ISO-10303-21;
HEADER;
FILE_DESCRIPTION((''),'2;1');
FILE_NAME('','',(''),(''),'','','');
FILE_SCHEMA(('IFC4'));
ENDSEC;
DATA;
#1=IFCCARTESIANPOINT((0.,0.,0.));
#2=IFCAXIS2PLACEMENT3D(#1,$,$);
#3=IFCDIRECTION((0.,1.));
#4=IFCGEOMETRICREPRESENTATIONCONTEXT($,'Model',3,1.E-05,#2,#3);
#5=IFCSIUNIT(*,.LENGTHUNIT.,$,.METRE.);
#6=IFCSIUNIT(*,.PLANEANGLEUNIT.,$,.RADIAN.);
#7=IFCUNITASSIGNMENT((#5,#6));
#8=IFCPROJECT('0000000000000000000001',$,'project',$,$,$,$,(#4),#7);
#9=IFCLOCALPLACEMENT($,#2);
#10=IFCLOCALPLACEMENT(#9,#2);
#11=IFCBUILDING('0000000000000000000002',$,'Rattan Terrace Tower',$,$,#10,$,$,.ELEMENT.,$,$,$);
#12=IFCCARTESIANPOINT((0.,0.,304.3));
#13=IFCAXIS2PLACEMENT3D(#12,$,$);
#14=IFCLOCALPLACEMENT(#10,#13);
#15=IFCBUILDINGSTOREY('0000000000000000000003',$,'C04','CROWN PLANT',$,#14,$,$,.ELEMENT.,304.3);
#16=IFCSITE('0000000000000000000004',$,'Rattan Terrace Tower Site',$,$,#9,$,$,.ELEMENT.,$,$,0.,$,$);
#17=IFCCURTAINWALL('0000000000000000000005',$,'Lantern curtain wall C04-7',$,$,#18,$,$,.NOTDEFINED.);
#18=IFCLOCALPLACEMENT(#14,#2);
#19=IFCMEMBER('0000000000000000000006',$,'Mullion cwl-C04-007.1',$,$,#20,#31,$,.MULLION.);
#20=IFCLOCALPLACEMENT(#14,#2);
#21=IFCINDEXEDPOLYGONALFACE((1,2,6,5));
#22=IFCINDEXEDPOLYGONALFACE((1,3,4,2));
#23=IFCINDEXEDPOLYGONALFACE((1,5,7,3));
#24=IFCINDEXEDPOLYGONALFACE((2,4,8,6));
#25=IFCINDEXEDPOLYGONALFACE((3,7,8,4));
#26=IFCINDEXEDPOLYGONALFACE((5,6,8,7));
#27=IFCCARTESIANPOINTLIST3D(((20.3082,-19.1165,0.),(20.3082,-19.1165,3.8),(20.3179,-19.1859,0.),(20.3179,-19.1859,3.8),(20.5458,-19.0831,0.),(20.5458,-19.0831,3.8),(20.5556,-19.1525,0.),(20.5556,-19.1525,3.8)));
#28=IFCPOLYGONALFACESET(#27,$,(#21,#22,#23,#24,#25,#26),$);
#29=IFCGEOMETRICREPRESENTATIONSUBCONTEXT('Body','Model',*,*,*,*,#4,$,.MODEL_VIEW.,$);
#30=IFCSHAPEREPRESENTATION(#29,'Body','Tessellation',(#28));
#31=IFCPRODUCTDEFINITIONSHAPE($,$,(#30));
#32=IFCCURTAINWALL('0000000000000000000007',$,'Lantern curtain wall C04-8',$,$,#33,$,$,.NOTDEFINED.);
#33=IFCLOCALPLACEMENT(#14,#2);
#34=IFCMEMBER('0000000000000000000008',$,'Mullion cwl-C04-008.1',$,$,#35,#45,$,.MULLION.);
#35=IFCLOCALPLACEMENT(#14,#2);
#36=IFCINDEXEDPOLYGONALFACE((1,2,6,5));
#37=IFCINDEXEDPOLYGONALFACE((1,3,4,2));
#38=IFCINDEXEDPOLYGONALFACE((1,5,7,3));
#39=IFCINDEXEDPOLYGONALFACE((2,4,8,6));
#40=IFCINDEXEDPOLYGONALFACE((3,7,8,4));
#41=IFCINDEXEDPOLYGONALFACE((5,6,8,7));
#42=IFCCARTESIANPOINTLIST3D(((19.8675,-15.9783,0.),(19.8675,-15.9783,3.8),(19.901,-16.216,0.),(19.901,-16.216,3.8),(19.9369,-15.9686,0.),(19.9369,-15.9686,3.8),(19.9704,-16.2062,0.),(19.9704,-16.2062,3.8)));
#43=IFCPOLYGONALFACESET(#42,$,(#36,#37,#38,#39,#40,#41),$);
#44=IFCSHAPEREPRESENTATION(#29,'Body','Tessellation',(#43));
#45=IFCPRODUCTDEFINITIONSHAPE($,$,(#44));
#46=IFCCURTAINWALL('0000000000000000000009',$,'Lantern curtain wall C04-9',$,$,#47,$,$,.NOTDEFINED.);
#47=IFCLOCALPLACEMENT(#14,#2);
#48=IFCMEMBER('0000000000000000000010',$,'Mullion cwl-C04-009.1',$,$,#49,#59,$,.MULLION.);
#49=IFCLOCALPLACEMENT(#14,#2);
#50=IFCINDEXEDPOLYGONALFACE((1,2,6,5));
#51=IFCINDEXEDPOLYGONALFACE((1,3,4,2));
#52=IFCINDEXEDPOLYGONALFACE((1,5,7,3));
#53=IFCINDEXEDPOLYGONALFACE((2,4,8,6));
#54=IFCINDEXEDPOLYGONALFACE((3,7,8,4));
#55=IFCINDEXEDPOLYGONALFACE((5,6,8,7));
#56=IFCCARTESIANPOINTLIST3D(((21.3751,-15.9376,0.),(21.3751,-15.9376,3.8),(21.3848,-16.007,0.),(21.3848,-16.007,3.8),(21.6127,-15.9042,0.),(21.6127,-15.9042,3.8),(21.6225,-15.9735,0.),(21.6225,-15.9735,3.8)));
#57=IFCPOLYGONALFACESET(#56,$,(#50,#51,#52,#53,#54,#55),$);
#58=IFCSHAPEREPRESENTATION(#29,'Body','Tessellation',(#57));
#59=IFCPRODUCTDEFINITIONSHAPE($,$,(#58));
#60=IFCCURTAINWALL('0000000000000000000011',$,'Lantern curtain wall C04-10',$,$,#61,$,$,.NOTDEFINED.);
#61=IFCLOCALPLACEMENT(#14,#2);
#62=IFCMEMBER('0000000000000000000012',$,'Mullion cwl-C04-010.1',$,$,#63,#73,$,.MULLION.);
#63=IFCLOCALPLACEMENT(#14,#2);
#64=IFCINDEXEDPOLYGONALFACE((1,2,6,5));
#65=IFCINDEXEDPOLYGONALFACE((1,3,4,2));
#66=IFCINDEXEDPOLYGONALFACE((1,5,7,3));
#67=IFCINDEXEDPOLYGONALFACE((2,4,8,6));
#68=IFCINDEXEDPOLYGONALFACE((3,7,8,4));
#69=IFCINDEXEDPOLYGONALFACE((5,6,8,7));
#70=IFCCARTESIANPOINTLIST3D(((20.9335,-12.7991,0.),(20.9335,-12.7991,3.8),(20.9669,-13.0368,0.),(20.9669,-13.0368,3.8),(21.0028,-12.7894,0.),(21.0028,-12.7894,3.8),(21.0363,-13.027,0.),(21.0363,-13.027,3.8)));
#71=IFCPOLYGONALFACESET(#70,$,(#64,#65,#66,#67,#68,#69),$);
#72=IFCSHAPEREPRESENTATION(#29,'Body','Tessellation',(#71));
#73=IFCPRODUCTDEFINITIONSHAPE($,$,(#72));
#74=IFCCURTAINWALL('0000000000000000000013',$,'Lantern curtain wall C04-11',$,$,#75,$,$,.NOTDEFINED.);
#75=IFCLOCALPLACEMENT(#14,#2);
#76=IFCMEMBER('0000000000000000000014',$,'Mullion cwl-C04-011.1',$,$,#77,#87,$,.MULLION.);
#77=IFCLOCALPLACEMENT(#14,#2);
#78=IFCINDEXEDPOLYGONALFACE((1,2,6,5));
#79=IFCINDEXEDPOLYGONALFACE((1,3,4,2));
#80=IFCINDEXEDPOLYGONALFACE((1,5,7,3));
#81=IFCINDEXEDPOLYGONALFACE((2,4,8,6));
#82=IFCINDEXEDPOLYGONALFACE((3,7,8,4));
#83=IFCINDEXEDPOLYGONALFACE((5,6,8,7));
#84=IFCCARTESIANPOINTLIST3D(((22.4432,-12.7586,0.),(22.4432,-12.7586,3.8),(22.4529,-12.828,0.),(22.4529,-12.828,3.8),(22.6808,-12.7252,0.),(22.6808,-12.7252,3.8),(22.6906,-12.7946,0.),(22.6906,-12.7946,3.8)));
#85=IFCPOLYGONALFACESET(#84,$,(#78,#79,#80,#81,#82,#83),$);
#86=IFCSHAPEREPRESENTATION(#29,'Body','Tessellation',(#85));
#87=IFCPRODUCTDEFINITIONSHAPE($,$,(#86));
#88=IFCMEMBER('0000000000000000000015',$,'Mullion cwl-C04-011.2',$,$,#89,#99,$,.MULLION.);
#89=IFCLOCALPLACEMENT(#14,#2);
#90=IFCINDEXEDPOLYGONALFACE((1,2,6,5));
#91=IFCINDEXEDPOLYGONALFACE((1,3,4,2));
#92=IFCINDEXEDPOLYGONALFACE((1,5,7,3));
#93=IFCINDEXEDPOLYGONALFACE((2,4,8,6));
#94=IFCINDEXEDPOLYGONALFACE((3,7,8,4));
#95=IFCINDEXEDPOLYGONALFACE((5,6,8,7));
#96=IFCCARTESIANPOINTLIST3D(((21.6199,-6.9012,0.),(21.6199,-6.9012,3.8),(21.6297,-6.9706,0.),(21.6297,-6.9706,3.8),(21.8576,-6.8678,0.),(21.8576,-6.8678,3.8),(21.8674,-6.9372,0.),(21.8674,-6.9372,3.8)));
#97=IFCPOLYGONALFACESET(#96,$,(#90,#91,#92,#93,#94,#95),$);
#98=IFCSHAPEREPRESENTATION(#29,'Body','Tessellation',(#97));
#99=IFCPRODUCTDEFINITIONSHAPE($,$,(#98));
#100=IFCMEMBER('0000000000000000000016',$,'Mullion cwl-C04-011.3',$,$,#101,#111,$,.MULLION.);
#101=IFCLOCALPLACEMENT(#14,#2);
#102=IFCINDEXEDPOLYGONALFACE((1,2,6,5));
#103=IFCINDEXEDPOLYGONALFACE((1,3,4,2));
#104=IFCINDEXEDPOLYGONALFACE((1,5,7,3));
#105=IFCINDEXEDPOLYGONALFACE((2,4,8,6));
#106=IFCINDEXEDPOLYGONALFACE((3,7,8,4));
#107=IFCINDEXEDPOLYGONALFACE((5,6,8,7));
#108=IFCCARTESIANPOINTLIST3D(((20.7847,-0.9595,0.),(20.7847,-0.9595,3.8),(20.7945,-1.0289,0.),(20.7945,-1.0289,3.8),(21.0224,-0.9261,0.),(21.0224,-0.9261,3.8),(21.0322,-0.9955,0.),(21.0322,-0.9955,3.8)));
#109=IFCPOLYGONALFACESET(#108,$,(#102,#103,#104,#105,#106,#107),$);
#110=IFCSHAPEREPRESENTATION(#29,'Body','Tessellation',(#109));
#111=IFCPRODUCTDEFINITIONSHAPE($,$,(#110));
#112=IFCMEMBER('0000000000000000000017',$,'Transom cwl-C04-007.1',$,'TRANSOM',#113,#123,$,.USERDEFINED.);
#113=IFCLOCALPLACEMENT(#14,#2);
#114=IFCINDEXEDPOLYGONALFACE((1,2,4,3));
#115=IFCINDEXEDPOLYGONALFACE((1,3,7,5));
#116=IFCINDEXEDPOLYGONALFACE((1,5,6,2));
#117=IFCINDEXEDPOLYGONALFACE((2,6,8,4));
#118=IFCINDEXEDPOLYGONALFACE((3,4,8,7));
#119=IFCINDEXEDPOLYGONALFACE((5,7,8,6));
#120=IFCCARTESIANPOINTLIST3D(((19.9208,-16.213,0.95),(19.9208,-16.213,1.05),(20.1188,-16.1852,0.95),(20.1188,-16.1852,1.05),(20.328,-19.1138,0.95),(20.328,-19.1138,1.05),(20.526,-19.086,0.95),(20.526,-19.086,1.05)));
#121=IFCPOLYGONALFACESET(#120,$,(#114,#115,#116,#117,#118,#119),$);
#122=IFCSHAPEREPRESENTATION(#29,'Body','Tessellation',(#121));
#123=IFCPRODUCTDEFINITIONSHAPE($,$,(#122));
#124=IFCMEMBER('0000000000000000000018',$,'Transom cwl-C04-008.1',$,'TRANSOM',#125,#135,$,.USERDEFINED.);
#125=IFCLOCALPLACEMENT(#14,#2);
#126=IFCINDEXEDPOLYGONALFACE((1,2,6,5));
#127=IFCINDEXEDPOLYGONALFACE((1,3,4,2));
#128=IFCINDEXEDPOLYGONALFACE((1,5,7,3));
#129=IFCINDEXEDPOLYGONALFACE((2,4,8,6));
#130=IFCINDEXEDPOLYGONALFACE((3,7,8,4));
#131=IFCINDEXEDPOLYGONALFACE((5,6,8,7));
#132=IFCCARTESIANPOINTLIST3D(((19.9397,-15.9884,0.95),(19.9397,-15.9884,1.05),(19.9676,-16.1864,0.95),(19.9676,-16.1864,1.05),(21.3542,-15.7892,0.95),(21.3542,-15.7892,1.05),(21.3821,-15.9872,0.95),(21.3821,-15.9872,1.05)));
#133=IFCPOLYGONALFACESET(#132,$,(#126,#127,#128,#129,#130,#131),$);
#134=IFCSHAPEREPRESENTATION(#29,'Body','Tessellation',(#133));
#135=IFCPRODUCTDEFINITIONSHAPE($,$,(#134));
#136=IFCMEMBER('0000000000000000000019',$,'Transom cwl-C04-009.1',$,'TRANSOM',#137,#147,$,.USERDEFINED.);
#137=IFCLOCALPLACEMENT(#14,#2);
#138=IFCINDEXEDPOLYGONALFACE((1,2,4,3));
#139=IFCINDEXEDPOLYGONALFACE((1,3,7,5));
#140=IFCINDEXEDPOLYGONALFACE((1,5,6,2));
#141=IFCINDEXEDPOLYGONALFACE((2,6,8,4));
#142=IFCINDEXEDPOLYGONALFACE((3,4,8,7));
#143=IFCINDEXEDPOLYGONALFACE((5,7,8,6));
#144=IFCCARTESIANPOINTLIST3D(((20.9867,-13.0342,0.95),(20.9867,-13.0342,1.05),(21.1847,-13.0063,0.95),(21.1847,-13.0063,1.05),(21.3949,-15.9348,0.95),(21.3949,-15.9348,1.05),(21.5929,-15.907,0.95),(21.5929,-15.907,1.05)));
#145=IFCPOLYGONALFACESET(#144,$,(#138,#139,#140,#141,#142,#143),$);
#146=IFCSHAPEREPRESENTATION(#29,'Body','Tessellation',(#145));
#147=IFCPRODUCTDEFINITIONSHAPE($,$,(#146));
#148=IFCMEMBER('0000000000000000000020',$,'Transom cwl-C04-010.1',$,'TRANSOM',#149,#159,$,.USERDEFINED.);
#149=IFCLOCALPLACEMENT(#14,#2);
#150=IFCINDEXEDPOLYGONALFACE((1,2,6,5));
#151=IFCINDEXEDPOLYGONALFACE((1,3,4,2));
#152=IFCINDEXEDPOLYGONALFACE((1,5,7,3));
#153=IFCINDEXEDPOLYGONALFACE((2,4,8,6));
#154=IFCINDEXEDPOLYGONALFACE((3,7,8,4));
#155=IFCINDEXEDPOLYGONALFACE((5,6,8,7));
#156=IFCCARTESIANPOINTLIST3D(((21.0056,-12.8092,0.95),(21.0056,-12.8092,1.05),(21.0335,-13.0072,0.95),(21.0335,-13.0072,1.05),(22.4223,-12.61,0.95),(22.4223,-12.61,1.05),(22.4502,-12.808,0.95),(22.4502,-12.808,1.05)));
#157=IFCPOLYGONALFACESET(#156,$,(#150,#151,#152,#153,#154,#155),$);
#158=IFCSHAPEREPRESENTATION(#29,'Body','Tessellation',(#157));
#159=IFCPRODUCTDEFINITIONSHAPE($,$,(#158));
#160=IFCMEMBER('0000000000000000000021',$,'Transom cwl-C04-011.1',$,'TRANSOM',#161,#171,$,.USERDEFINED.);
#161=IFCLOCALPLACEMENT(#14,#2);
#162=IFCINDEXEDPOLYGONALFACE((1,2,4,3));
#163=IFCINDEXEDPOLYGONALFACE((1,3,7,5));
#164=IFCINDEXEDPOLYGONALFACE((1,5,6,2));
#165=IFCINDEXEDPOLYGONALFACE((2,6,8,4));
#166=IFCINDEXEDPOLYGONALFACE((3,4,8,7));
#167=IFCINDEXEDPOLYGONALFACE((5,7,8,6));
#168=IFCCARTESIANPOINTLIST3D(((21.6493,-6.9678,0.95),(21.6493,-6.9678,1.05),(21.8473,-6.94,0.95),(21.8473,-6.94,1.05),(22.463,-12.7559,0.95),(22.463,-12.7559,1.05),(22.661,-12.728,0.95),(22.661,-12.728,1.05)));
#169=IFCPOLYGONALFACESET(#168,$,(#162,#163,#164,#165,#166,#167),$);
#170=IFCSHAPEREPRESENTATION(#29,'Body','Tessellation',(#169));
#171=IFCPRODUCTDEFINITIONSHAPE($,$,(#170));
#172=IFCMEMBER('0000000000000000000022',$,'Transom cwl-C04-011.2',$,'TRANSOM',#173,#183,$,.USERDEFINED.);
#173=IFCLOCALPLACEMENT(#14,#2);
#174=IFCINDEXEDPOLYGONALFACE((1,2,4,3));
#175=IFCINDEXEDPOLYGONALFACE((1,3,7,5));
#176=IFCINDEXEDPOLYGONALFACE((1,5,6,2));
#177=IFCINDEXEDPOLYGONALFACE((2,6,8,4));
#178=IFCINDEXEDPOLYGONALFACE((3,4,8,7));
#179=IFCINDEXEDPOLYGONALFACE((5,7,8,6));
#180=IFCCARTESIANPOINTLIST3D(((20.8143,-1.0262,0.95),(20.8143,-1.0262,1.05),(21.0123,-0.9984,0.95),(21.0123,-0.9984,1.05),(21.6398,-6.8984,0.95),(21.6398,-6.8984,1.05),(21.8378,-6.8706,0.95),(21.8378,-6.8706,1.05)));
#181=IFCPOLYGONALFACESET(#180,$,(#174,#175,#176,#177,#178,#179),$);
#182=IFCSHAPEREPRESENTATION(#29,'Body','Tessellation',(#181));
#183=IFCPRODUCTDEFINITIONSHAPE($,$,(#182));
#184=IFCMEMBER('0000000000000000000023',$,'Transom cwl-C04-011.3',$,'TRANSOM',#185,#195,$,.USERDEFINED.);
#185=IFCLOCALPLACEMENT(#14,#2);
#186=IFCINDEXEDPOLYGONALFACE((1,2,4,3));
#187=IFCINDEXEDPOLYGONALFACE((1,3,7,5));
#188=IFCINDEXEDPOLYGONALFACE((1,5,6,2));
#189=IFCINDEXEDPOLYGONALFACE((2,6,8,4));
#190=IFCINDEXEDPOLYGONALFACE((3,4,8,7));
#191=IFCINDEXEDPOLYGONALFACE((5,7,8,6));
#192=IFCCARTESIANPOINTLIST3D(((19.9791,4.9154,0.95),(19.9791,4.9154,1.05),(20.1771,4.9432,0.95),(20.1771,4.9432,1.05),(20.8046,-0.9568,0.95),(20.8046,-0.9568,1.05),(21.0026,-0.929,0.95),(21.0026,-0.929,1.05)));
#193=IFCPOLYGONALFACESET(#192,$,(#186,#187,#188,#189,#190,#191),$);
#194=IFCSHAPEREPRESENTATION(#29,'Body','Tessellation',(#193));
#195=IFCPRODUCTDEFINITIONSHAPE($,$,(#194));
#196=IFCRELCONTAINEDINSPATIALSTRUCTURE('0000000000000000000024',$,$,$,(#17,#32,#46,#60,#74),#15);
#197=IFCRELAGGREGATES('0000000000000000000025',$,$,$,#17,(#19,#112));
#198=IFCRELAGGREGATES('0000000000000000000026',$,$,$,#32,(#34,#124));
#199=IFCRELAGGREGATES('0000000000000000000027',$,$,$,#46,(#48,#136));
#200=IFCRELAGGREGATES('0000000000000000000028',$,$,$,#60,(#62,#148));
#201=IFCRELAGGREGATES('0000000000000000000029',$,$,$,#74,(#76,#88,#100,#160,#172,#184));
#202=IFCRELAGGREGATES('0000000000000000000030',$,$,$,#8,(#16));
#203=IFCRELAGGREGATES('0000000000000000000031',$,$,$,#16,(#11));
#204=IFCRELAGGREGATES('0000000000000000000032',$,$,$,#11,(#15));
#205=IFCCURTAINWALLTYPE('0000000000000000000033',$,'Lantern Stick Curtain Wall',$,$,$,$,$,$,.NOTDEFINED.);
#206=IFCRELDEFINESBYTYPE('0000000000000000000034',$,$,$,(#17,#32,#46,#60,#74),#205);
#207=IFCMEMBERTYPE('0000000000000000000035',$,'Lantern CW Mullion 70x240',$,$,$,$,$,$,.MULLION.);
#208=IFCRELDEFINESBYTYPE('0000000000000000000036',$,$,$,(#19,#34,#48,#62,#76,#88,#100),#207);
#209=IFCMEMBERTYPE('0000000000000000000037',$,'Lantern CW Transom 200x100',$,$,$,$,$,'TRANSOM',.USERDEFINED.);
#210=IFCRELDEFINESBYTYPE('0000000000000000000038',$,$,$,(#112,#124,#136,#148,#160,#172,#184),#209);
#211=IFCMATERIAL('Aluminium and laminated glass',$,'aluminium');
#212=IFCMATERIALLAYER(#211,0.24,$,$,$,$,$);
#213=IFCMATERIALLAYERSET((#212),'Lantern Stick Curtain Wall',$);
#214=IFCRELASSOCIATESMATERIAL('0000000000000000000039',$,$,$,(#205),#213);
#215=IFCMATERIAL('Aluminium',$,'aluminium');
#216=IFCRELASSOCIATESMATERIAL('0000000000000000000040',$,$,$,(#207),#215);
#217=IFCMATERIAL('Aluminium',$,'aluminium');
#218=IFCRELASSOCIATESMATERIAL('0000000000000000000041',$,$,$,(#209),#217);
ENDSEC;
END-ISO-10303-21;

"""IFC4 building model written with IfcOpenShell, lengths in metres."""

from ifc_helpers import new_model, si_unit, direction, frame, origin, origin_2d, place, context, subcontext, project, spatial, rectangle, extrude, material, layer, layer_set, material_profile, profile_set, type_object, element, aggregate, save


model = new_model("IFC4")

# Units and contexts
model_context = context("Model", 3, precision=1e-05, world=origin(), true_north=direction((0.0, 1.0)))
body_context = subcontext(model_context, "Body", "Model", "MODEL_VIEW")
ifc_project = project(units=[si_unit("LENGTHUNIT", "METRE"), si_unit("PLANEANGLEUNIT", "RADIAN")], contexts=[model_context])

# Site, building, storey
site_placement = place(None, origin())
site = spatial("IfcSite", under=ifc_project, at=site_placement, Name="Rattan Terrace Tower Site", CompositionType="ELEMENT", RefElevation=0.0)
building_placement = place(site_placement, origin())
building = spatial("IfcBuilding", under=site, at=building_placement, Name="Rattan Terrace Tower", CompositionType="ELEMENT")
storey_placement = place(building_placement, frame((0.0, 0.0, 304.3)))
storey = spatial("IfcBuildingStorey", under=building, at=storey_placement, Name="C04", Description="CROWN PLANT", CompositionType="ELEMENT", Elevation=304.3)

# Curtain walls, members
ifc_material_1 = material(Name="Aluminium and laminated glass", Category="aluminium")
ifc_layer_1 = layer(ifc_material_1, 0.24)
ifc_layer_set_1 = layer_set([ifc_layer_1], Name="Lantern Stick Curtain Wall")
curtain_wall_type = type_object("IfcCurtainWallType", Name="Lantern Stick Curtain Wall", PredefinedType="NOTDEFINED", material=ifc_layer_set_1)
curtain_wall_1_placement = place(storey_placement, origin())
curtain_wall_1 = element("IfcCurtainWall", 1, at=curtain_wall_1_placement, inside=storey, type_object=curtain_wall_type, Name="Lantern curtain wall C04-7", PredefinedType="NOTDEFINED")
ifc_material_2 = material(Name="Aluminium", Category="aluminium")
ifc_material_profile_1 = material_profile(ifc_material_2, rectangle(XDim=0.0701, YDim=0.24, at=origin_2d()), Name="Aluminium 70x240")
ifc_profile_set_1 = profile_set([ifc_material_profile_1], Name="Aluminium")
member_type_1 = type_object("IfcMemberType", Name="Lantern CW Mullion 70x240", PredefinedType="MULLION", material=ifc_profile_set_1)
member_1_placement = place(storey_placement, frame((20.4319, -19.1345, 0.0), z_axis=(0.0, 0.0, 1.0), x_axis=(-0.13904, 0.990287, 0.0)))
member_1 = element("IfcMember", 2, at=member_1_placement, type_object=member_type_1, Name="Mullion cwl-C04-007.1", PredefinedType="MULLION", context=body_context, shape_type="SweptSolid", body=[
    extrude(rectangle(XDim=0.0701, YDim=0.24, at=origin_2d()), origin(), (0.0, 0.0, 1.0), 3.8),
])
curtain_wall_2_placement = place(storey_placement, origin())
curtain_wall_2 = element("IfcCurtainWall", 3, at=curtain_wall_2_placement, inside=storey, type_object=curtain_wall_type, Name="Lantern curtain wall C04-8", PredefinedType="NOTDEFINED")
member_2_placement = place(storey_placement, frame((19.9189, -16.0923, 0.0), z_axis=(0.0, 0.0, 1.0), x_axis=(0.990228, 0.139459, 0.0)))
member_2 = element("IfcMember", 4, at=member_2_placement, type_object=member_type_1, Name="Mullion cwl-C04-008.1", PredefinedType="MULLION", context=body_context, shape_type="SweptSolid", body=[
    extrude(rectangle(XDim=0.0701, YDim=0.24, at=origin_2d()), origin(), (0.0, 0.0, 1.0), 3.8),
])
curtain_wall_3_placement = place(storey_placement, origin())
curtain_wall_3 = element("IfcCurtainWall", 5, at=curtain_wall_3_placement, inside=storey, type_object=curtain_wall_type, Name="Lantern curtain wall C04-9", PredefinedType="NOTDEFINED")
member_3_placement = place(storey_placement, frame((21.4988, -15.9556, 0.0), z_axis=(0.0, 0.0, 1.0), x_axis=(-0.139367, 0.990241, 0.0)))
member_3 = element("IfcMember", 6, at=member_3_placement, type_object=member_type_1, Name="Mullion cwl-C04-009.1", PredefinedType="MULLION", context=body_context, shape_type="SweptSolid", body=[
    extrude(rectangle(XDim=0.0701, YDim=0.24, at=origin_2d()), origin(), (0.0, 0.0, 1.0), 3.8),
])
curtain_wall_4_placement = place(storey_placement, origin())
curtain_wall_4 = element("IfcCurtainWall", 7, at=curtain_wall_4_placement, inside=storey, type_object=curtain_wall_type, Name="Lantern curtain wall C04-10", PredefinedType="NOTDEFINED")
member_4_placement = place(storey_placement, frame((20.9849, -12.9131, 0.0), z_axis=(0.0, 0.0, 1.0), x_axis=(0.990254, 0.139275, 0.0)))
member_4 = element("IfcMember", 8, at=member_4_placement, type_object=member_type_1, Name="Mullion cwl-C04-010.1", PredefinedType="MULLION", context=body_context, shape_type="SweptSolid", body=[
    extrude(rectangle(XDim=0.0701, YDim=0.24, at=origin_2d()), origin(), (0.0, 0.0, 1.0), 3.8),
])

# Curtain wall, members
curtain_wall_5_placement = place(storey_placement, origin())
curtain_wall_5 = element("IfcCurtainWall", 9, at=curtain_wall_5_placement, inside=storey, type_object=curtain_wall_type, Name="Lantern curtain wall C04-11", PredefinedType="NOTDEFINED")
member_5_placement = place(storey_placement, frame((22.5669, -12.7766, 0.0), z_axis=(0.0, 0.0, 1.0), x_axis=(-0.139188, 0.990266, 0.0)))
member_5 = element("IfcMember", 10, at=member_5_placement, type_object=member_type_1, Name="Mullion cwl-C04-011.1", PredefinedType="MULLION", context=body_context, shape_type="SweptSolid", body=[
    extrude(rectangle(XDim=0.0701, YDim=0.24, at=origin_2d()), origin(), (0.0, 0.0, 1.0), 3.8),
])
member_6_placement = place(storey_placement, frame((21.7437, -6.9192, 0.0), z_axis=(0.0, 0.0, 1.0), x_axis=(-0.139188, 0.990266, 0.0)))
member_6 = element("IfcMember", 11, at=member_6_placement, type_object=member_type_1, Name="Mullion cwl-C04-011.2", PredefinedType="MULLION", context=body_context, shape_type="SweptSolid", body=[
    extrude(rectangle(XDim=0.0701, YDim=0.24, at=origin_2d()), origin(), (0.0, 0.0, 1.0), 3.8),
])
member_7_placement = place(storey_placement, frame((20.9084, -0.9775, 0.0), z_axis=(0.0, 0.0, 1.0), x_axis=(-0.139188, 0.990266, 0.0)))
member_7 = element("IfcMember", 12, at=member_7_placement, type_object=member_type_1, Name="Mullion cwl-C04-011.3", PredefinedType="MULLION", context=body_context, shape_type="SweptSolid", body=[
    extrude(rectangle(XDim=0.0701, YDim=0.24, at=origin_2d()), origin(), (0.0, 0.0, 1.0), 3.8),
])

# Members
ifc_material_3 = material(Name="Aluminium", Category="aluminium")
ifc_material_profile_2 = material_profile(ifc_material_3, rectangle(XDim=0.2, YDim=0.1001, at=origin_2d()), Name="Aluminium 200x100")
ifc_profile_set_2 = profile_set([ifc_material_profile_2], Name="Aluminium")
member_type_2 = type_object("IfcMemberType", Name="Lantern CW Transom 200x100", ElementType="TRANSOM", PredefinedType="USERDEFINED", material=ifc_profile_set_2)
member_8_placement = place(storey_placement, frame((20.427, -19.0999, 1.0), z_axis=(-0.139029, 0.990288, 0.0), x_axis=(-0.990288, -0.139029, 0.0)))
member_8 = element("IfcMember", 13, at=member_8_placement, type_object=member_type_2, Name="Transom cwl-C04-007.1", ObjectType="TRANSOM", PredefinedType="USERDEFINED", context=body_context, shape_type="SweptSolid", body=[
    extrude(rectangle(XDim=0.2, YDim=0.1001, at=origin_2d()), origin(), (0.0, 0.0, 1.0), 2.9292),
])
member_9_placement = place(storey_placement, frame((19.9536, -16.0874, 1.0), z_axis=(0.990228, 0.139459, 0.0), x_axis=(-0.139459, 0.990228, 0.0)))
member_9 = element("IfcMember", 14, at=member_9_placement, type_object=member_type_2, Name="Transom cwl-C04-008.1", ObjectType="TRANSOM", PredefinedType="USERDEFINED", context=body_context, shape_type="SweptSolid", body=[
    extrude(rectangle(XDim=0.2, YDim=0.1001, at=origin_2d()), origin(), (0.0, 0.0, 1.0), 1.4285),
])
member_10_placement = place(storey_placement, frame((21.4939, -15.9209, 1.0), z_axis=(-0.139356, 0.990242, 0.0), x_axis=(-0.990242, -0.139356, 0.0)))
member_10 = element("IfcMember", 15, at=member_10_placement, type_object=member_type_2, Name="Transom cwl-C04-009.1", ObjectType="TRANSOM", PredefinedType="USERDEFINED", context=body_context, shape_type="SweptSolid", body=[
    extrude(rectangle(XDim=0.2, YDim=0.1001, at=origin_2d()), origin(), (0.0, 0.0, 1.0), 2.9292),
])
member_11_placement = place(storey_placement, frame((21.0195, -12.9082, 1.0), z_axis=(0.990258, 0.139247, 0.0), x_axis=(-0.139247, 0.990258, 0.0)))
member_11 = element("IfcMember", 16, at=member_11_placement, type_object=member_type_2, Name="Transom cwl-C04-010.1", ObjectType="TRANSOM", PredefinedType="USERDEFINED", context=body_context, shape_type="SweptSolid", body=[
    extrude(rectangle(XDim=0.2, YDim=0.1001, at=origin_2d()), origin(), (0.0, 0.0, 1.0), 1.4307),
])
member_12_placement = place(storey_placement, frame((22.562, -12.7419, 1.0), z_axis=(-0.139216, 0.990262, 0.0), x_axis=(-0.990262, -0.139216, 0.0)))
member_12 = element("IfcMember", 17, at=member_12_placement, type_object=member_type_2, Name="Transom cwl-C04-011.1", ObjectType="TRANSOM", PredefinedType="USERDEFINED", context=body_context, shape_type="SweptSolid", body=[
    extrude(rectangle(XDim=0.2, YDim=0.1001, at=origin_2d()), origin(), (0.0, 0.0, 1.0), 5.845),
])
member_13_placement = place(storey_placement, frame((21.7388, -6.8845, 1.0), z_axis=(-0.139196, 0.990265, 0.0), x_axis=(-0.990265, -0.139196, 0.0)))
member_13 = element("IfcMember", 18, at=member_13_placement, type_object=member_type_2, Name="Transom cwl-C04-011.2", ObjectType="TRANSOM", PredefinedType="USERDEFINED", context=body_context, shape_type="SweptSolid", body=[
    extrude(rectangle(XDim=0.2, YDim=0.1001, at=origin_2d()), origin(), (0.0, 0.0, 1.0), 5.9299),
])
member_14_placement = place(storey_placement, frame((20.9036, -0.9429, 1.0), z_axis=(-0.139196, 0.990265, 0.0), x_axis=(-0.990265, -0.139196, 0.0)))
member_14 = element("IfcMember", 19, at=member_14_placement, type_object=member_type_2, Name="Transom cwl-C04-011.3", ObjectType="TRANSOM", PredefinedType="USERDEFINED", context=body_context, shape_type="SweptSolid", body=[
    extrude(rectangle(XDim=0.2, YDim=0.1001, at=origin_2d()), origin(), (0.0, 0.0, 1.0), 5.9299),
])

aggregate(curtain_wall_1, [member_1, member_8])
aggregate(curtain_wall_2, [member_2, member_9])
aggregate(curtain_wall_3, [member_3, member_10])
aggregate(curtain_wall_4, [member_4, member_11])
aggregate(curtain_wall_5, [member_5, member_6, member_7, member_12, member_13, member_14])

save(model, "model.ifc")
